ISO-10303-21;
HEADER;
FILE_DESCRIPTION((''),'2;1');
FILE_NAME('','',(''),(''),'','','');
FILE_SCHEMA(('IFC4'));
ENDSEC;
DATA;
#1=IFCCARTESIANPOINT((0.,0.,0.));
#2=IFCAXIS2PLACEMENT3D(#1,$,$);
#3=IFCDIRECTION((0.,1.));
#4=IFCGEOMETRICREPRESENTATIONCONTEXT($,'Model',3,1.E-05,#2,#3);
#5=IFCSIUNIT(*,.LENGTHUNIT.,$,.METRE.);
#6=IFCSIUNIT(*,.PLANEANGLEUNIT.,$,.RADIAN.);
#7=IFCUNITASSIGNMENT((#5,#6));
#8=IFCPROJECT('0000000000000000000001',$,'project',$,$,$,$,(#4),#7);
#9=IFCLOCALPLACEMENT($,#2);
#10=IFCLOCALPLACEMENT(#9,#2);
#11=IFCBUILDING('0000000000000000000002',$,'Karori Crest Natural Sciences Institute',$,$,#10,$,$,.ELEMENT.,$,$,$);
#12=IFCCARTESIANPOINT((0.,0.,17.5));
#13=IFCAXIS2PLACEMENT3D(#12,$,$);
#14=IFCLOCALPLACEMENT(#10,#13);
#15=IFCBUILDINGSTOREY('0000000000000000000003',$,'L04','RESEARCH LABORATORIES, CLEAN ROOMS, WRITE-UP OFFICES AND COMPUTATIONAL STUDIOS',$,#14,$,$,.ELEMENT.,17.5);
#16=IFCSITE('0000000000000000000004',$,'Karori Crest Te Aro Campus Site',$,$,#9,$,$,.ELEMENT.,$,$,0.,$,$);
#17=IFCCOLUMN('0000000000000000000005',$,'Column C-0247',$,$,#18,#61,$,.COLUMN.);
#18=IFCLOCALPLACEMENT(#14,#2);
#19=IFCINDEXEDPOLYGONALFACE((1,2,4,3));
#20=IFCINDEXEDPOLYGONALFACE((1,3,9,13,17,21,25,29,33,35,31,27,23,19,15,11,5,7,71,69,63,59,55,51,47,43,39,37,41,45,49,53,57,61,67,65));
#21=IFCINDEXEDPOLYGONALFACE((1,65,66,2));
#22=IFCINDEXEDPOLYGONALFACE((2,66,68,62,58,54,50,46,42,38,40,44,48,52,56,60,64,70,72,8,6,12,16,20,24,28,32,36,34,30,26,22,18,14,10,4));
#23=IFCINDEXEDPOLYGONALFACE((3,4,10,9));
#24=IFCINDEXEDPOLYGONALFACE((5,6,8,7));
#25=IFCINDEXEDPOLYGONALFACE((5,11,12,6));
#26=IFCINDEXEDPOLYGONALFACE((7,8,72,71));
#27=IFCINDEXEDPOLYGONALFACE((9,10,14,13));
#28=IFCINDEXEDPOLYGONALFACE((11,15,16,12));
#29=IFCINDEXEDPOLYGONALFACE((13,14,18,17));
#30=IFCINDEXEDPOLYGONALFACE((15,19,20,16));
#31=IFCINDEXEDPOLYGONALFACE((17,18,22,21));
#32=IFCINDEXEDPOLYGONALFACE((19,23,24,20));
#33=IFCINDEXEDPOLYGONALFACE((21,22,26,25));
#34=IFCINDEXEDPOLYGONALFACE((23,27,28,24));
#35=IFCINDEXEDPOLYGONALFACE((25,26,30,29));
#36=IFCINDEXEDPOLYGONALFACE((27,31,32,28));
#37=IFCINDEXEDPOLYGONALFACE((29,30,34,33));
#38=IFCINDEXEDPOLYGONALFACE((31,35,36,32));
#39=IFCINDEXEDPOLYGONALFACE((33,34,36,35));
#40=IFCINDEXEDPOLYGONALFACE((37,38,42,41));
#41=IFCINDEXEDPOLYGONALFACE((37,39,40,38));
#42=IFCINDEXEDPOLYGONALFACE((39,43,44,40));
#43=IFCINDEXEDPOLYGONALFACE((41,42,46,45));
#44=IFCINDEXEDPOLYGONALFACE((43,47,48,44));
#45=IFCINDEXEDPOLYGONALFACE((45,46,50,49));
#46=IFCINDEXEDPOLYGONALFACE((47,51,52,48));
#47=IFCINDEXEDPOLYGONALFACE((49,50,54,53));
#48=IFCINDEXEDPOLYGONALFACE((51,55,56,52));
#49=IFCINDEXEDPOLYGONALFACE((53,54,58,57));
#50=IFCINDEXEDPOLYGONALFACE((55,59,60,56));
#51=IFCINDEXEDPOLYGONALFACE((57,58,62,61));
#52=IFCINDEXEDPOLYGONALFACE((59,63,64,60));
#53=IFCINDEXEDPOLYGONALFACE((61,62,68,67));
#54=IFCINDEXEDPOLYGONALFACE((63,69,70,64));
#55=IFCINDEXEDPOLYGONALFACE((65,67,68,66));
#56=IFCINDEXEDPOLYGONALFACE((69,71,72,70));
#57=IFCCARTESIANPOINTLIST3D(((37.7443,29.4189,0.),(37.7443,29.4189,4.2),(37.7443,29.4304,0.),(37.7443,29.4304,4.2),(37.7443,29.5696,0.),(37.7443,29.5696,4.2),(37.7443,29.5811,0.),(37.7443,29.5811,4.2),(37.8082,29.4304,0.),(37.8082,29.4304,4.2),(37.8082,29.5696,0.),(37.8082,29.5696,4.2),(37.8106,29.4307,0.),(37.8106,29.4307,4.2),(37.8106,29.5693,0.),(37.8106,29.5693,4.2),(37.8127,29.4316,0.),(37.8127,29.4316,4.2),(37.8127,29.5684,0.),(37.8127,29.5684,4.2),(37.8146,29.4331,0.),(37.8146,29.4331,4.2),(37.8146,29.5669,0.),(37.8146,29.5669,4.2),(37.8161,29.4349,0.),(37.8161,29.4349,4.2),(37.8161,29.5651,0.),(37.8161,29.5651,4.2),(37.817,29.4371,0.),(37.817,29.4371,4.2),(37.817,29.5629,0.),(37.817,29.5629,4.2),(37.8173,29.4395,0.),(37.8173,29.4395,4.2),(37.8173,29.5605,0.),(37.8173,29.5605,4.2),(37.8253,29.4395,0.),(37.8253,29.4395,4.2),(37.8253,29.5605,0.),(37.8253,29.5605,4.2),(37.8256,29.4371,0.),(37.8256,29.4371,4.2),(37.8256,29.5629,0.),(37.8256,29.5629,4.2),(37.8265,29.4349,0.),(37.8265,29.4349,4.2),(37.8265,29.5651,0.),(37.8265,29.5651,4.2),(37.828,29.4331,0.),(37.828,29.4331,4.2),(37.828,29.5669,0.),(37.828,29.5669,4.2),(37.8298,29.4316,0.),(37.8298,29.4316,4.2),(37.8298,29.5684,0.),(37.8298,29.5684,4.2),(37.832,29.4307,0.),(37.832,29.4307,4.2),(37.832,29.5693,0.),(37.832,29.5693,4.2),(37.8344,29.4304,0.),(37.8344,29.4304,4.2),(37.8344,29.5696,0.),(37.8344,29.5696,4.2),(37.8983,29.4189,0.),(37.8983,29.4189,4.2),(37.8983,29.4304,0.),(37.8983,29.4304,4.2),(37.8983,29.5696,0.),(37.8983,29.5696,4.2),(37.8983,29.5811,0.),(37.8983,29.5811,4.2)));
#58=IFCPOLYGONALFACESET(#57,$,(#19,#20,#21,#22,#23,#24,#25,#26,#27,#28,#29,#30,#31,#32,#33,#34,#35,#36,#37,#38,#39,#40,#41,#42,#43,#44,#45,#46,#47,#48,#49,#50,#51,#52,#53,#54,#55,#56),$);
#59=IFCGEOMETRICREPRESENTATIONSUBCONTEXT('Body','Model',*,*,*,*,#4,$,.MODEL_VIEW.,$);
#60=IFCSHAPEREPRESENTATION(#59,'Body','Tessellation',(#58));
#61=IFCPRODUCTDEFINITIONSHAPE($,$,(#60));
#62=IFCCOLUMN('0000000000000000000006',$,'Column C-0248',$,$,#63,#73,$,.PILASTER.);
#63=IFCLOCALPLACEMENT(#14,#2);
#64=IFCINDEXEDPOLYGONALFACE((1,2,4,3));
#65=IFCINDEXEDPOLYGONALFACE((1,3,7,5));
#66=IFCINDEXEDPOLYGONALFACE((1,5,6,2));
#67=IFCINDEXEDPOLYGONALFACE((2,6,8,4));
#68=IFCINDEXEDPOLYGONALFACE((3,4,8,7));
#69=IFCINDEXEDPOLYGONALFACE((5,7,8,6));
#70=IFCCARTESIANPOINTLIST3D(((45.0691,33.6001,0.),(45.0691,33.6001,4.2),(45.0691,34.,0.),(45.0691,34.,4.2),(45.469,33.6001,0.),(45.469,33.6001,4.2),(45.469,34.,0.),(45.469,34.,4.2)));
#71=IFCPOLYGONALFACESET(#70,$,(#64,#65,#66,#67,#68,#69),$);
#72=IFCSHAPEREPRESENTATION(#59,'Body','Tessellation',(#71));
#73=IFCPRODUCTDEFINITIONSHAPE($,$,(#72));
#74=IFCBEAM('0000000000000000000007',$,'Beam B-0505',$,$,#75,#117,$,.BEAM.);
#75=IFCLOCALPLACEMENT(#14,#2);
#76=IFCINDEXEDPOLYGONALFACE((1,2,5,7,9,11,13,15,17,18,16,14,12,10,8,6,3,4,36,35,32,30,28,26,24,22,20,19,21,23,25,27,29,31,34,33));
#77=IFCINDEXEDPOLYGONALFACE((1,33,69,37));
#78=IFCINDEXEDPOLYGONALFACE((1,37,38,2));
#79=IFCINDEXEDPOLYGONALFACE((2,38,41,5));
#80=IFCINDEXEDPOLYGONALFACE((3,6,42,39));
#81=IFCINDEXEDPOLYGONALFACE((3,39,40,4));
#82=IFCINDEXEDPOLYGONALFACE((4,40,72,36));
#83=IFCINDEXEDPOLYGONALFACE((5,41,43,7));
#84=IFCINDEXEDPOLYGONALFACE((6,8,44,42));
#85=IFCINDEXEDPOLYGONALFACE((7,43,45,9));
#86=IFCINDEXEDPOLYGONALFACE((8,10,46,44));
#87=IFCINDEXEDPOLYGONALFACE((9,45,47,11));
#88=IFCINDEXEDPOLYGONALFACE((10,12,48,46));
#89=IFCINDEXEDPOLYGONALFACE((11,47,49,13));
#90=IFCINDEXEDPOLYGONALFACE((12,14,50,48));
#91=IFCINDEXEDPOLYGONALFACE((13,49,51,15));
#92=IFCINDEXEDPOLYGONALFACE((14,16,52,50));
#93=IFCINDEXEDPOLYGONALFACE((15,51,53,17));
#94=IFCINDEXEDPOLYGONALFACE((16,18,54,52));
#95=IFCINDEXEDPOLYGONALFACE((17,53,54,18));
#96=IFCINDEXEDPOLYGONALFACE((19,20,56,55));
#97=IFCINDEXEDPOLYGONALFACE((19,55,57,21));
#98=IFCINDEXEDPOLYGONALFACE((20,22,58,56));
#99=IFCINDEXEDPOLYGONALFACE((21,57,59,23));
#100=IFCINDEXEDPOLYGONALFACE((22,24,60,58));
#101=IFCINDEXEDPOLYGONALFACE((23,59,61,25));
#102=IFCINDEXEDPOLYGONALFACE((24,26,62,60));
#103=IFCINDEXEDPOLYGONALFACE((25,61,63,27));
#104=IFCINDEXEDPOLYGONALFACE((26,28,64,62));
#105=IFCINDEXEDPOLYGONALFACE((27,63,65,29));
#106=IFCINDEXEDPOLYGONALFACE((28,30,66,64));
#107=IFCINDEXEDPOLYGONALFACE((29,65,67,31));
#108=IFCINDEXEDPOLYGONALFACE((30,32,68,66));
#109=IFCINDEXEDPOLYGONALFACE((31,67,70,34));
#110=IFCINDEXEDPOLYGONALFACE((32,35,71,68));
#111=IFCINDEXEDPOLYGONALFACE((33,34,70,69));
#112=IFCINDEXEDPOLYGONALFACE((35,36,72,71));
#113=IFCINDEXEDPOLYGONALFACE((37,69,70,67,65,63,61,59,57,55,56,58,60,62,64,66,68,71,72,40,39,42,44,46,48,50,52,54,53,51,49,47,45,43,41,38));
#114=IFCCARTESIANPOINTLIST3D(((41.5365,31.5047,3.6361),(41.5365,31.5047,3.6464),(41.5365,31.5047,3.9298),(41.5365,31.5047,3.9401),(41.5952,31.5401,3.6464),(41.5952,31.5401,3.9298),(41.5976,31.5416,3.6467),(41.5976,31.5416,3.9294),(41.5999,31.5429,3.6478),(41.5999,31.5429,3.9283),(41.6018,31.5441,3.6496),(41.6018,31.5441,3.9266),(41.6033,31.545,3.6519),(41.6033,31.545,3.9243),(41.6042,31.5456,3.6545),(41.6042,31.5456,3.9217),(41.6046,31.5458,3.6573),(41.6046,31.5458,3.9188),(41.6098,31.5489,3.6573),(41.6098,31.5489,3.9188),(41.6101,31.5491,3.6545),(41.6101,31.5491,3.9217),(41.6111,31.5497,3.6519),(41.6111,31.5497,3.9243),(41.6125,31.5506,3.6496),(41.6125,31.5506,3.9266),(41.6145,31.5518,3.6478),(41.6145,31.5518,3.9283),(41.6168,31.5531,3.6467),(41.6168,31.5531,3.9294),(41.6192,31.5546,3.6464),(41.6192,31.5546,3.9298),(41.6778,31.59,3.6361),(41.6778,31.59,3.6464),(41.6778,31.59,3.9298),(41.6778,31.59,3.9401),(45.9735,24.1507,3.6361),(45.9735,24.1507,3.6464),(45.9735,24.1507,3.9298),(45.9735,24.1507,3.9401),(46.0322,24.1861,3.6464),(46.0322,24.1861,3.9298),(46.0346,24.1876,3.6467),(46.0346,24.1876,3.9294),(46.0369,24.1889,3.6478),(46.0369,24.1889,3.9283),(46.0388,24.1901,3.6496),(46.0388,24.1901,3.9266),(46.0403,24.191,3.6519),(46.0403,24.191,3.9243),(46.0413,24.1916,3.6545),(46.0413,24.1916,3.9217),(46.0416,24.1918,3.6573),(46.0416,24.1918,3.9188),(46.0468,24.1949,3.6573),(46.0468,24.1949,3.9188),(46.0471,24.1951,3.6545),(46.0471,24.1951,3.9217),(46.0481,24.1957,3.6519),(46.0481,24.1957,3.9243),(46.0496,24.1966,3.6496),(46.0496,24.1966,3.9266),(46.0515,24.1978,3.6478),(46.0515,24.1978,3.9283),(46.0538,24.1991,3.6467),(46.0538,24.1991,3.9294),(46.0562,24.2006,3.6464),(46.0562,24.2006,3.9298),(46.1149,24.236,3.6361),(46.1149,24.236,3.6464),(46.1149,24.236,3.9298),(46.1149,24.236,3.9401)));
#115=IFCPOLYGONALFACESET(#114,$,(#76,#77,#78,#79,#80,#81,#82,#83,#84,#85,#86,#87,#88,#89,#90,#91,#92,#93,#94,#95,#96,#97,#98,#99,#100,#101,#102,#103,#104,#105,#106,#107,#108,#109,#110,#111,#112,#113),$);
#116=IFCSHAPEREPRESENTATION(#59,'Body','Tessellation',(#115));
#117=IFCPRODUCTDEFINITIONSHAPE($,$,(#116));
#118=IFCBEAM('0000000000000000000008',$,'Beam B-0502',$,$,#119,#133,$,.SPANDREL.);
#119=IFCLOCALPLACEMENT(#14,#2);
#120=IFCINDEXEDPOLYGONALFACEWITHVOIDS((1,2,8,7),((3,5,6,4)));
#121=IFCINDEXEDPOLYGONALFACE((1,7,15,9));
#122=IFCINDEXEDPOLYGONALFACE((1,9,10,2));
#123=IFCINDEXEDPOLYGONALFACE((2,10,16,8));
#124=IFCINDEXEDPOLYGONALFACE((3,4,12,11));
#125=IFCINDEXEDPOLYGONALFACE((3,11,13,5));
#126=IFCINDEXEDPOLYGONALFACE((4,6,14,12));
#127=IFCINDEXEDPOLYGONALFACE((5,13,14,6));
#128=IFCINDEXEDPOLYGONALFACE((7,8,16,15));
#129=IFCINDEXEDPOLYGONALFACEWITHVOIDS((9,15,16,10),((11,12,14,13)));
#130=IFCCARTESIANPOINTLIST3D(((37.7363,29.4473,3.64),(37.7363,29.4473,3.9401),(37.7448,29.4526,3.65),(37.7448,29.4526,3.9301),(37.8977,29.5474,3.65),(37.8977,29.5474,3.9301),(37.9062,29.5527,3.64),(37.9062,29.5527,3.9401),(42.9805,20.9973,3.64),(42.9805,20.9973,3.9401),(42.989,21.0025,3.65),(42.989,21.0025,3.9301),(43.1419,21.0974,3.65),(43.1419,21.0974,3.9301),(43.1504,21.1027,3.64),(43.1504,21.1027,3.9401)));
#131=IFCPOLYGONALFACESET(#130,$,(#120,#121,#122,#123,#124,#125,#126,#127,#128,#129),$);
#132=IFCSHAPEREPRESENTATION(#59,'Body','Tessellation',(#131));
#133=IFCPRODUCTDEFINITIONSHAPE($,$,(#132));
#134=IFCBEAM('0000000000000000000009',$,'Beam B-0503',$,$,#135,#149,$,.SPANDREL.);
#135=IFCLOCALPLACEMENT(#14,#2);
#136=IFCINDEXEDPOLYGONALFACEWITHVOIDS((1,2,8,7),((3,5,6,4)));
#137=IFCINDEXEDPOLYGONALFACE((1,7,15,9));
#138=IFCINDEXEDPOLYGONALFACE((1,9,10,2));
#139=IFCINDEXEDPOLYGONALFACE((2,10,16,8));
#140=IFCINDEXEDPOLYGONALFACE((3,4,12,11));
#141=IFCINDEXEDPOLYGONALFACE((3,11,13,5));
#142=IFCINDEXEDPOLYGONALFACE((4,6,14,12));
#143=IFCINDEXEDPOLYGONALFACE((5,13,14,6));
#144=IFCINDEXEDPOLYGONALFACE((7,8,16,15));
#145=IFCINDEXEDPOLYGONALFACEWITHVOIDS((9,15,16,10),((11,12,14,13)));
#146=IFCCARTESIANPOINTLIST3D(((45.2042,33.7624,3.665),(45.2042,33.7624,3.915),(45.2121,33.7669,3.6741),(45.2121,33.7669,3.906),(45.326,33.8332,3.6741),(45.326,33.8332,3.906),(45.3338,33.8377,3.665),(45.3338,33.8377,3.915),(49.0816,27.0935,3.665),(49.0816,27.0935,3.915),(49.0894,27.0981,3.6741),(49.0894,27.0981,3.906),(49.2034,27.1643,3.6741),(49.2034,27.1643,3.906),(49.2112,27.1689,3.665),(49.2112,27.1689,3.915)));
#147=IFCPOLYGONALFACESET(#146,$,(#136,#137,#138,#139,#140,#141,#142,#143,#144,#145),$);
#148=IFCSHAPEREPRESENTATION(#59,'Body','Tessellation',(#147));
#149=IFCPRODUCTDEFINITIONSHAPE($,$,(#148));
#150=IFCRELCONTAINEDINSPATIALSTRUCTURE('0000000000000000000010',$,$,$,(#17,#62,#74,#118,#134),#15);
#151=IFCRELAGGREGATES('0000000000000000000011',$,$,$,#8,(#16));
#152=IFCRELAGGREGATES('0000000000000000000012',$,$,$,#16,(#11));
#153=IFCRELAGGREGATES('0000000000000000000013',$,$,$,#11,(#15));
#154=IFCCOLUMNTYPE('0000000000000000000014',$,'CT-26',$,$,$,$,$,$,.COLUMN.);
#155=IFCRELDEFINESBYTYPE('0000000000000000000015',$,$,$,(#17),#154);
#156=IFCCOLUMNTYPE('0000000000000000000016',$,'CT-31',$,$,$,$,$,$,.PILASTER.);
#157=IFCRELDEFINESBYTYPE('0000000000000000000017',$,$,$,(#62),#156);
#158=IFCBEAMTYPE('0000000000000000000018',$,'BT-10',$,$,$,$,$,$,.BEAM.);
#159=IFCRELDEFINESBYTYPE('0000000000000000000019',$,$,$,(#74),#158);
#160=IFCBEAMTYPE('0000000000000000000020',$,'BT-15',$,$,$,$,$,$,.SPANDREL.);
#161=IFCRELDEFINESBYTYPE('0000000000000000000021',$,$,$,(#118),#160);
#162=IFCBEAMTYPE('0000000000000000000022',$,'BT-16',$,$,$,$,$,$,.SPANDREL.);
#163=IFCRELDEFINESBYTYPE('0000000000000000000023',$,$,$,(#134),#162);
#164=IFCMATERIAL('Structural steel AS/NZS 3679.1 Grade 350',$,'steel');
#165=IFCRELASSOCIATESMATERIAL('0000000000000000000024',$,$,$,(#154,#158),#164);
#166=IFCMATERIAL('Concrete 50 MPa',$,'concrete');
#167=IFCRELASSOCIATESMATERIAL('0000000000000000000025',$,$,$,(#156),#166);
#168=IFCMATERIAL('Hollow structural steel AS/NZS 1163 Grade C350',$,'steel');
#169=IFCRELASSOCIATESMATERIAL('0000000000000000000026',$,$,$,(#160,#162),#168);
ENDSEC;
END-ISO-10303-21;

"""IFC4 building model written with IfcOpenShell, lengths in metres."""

from ifc_helpers import new_model, si_unit, direction, frame, origin, origin_2d, place, context, subcontext, project, spatial, rectangle, hollow_rectangle, i_section, extrude, material, material_profile, profile_set, type_object, element, save


model = new_model("IFC4")

# Units and contexts
model_context = context("Model", 3, precision=1e-05, world=origin(), true_north=direction((0.0, 1.0)))
body_context = subcontext(model_context, "Body", "Model", "MODEL_VIEW")
ifc_project = project(units=[si_unit("LENGTHUNIT", "METRE"), si_unit("PLANEANGLEUNIT", "RADIAN")], contexts=[model_context])

# Site, building, storey
site_placement = place(None, origin())
site = spatial("IfcSite", under=ifc_project, at=site_placement, Name="Karori Crest Te Aro Campus Site", CompositionType="ELEMENT", RefElevation=0.0)
building_placement = place(site_placement, origin())
building = spatial("IfcBuilding", under=site, at=building_placement, Name="Karori Crest Natural Sciences Institute", CompositionType="ELEMENT")
storey_placement = place(building_placement, frame((0.0, 0.0, 17.5)))
storey = spatial("IfcBuildingStorey", under=building, at=storey_placement, Name="L04", Description="RESEARCH LABORATORIES, CLEAN ROOMS, WRITE-UP OFFICES AND COMPUTATIONAL STUDIOS", CompositionType="ELEMENT", Elevation=17.5)

# Columns
ifc_material_1 = material(Name="Structural steel AS/NZS 3679.1 Grade 350", Category="steel")
ifc_material_profile_1 = material_profile(ifc_material_1, i_section(OverallWidth=0.1541, OverallDepth=0.1621, WebThickness=0.0081, FlangeThickness=0.0115, FilletRadius=0.009, at=origin_2d()), Name="150UC37.2")
ifc_profile_set_1 = profile_set([ifc_material_profile_1], Name="Structural steel AS/NZS 3679.1 Grade 350")
column_type_1 = type_object("IfcColumnType", Name="CT-26", PredefinedType="COLUMN", material=ifc_profile_set_1)
column_1_placement = place(storey_placement, frame((37.8213, 29.5, 0.0), z_axis=(0.0, 0.0, 1.0), x_axis=(1.0, 0.0, 0.0)))
element("IfcColumn", 1, at=column_1_placement, inside=storey, type_object=column_type_1, Name="Column C-0247", PredefinedType="COLUMN", context=body_context, shape_type="SweptSolid", body=[
    extrude(i_section(OverallWidth=0.1541, OverallDepth=0.1621, WebThickness=0.0081, FlangeThickness=0.0115, FilletRadius=0.009, at=origin_2d()), origin(), (0.0, 0.0, 1.0), 4.2),
])
ifc_material_2 = material(Name="Concrete 50 MPa", Category="concrete")
ifc_material_profile_2 = material_profile(ifc_material_2, rectangle(XDim=0.3999, YDim=0.3999, at=origin_2d()), Name="RC400x400")
ifc_profile_set_2 = profile_set([ifc_material_profile_2], Name="Concrete 50 MPa")
column_type_2 = type_object("IfcColumnType", Name="CT-31", PredefinedType="PILASTER", material=ifc_profile_set_2)
column_2_placement = place(storey_placement, frame((45.269, 33.8, 0.0), z_axis=(0.0, 0.0, 1.0), x_axis=(1.0, 0.0, 0.0)))
element("IfcColumn", 2, at=column_2_placement, inside=storey, type_object=column_type_2, Name="Column C-0248", PredefinedType="PILASTER", context=body_context, shape_type="SweptSolid", body=[
    extrude(rectangle(XDim=0.3999, YDim=0.3999, at=origin_2d()), origin(), (0.0, 0.0, 1.0), 4.2),
])

# Beams
ifc_material_profile_3 = material_profile(ifc_material_1, i_section(OverallWidth=0.165, OverallDepth=0.304, WebThickness=0.0061, FlangeThickness=0.0103, FilletRadius=0.011, at=origin_2d()), Name="310UB40.4")
ifc_profile_set_3 = profile_set([ifc_material_profile_3], Name="Structural steel AS/NZS 3679.1 Grade 350")
beam_type_1 = type_object("IfcBeamType", Name="BT-10", PredefinedType="BEAM", material=ifc_profile_set_3)
beam_1_placement = place(storey_placement, frame((41.6072, 31.5474, 3.7881), z_axis=(0.516601, -0.856226, 0.0), x_axis=(0.856226, 0.516601, 0.0)))
element("IfcBeam", 3, at=beam_1_placement, inside=storey, type_object=beam_type_1, Name="Beam B-0505", PredefinedType="BEAM", context=body_context, shape_type="SweptSolid", body=[
    extrude(i_section(OverallWidth=0.165, OverallDepth=0.304, WebThickness=0.0061, FlangeThickness=0.0103, FilletRadius=0.011, at=origin_2d()), origin(), (0.0, 0.0, 1.0), 8.5889),
])
ifc_material_3 = material(Name="Hollow structural steel AS/NZS 1163 Grade C350", Category="steel")
ifc_material_profile_4 = material_profile(ifc_material_3, hollow_rectangle(XDim=0.2, YDim=0.3, WallThickness=0.01, at=origin_2d()), Name="RHS300x200x10")
ifc_profile_set_4 = profile_set([ifc_material_profile_4], Name="Hollow structural steel AS/NZS 1163 Grade C350")
beam_type_2 = type_object("IfcBeamType", Name="BT-15", PredefinedType="SPANDREL", material=ifc_profile_set_4)
beam_2_placement = place(storey_placement, frame((37.8213, 29.5, 3.79), z_axis=(0.527315, -0.84967, 0.0), x_axis=(0.84967, 0.527315, 0.0)))
element("IfcBeam", 4, at=beam_2_placement, inside=storey, type_object=beam_type_2, Name="Beam B-0502", PredefinedType="SPANDREL", context=body_context, shape_type="SweptSolid", body=[
    extrude(hollow_rectangle(XDim=0.2, YDim=0.3, WallThickness=0.01, at=origin_2d()), origin(), (0.0, 0.0, 1.0), 9.9451),
])
ifc_material_profile_5 = material_profile(ifc_material_3, hollow_rectangle(XDim=0.1499, YDim=0.25, WallThickness=0.009, at=origin_2d()), Name="RHS250x150x9")
ifc_profile_set_5 = profile_set([ifc_material_profile_5], Name="Hollow structural steel AS/NZS 1163 Grade C350")
beam_type_3 = type_object("IfcBeamType", Name="BT-16", PredefinedType="SPANDREL", material=ifc_profile_set_5)
beam_3_placement = place(storey_placement, frame((45.269, 33.8, 3.79), z_axis=(0.502635, -0.864499, 0.0), x_axis=(0.864499, 0.502635, 0.0)))
element("IfcBeam", 5, at=beam_3_placement, inside=storey, type_object=beam_type_3, Name="Beam B-0503", PredefinedType="SPANDREL", context=body_context, shape_type="SweptSolid", body=[
    extrude(hollow_rectangle(XDim=0.1499, YDim=0.25, WallThickness=0.009, at=origin_2d()), origin(), (0.0, 0.0, 1.0), 7.7141),
])

save(model, "model.ifc")
